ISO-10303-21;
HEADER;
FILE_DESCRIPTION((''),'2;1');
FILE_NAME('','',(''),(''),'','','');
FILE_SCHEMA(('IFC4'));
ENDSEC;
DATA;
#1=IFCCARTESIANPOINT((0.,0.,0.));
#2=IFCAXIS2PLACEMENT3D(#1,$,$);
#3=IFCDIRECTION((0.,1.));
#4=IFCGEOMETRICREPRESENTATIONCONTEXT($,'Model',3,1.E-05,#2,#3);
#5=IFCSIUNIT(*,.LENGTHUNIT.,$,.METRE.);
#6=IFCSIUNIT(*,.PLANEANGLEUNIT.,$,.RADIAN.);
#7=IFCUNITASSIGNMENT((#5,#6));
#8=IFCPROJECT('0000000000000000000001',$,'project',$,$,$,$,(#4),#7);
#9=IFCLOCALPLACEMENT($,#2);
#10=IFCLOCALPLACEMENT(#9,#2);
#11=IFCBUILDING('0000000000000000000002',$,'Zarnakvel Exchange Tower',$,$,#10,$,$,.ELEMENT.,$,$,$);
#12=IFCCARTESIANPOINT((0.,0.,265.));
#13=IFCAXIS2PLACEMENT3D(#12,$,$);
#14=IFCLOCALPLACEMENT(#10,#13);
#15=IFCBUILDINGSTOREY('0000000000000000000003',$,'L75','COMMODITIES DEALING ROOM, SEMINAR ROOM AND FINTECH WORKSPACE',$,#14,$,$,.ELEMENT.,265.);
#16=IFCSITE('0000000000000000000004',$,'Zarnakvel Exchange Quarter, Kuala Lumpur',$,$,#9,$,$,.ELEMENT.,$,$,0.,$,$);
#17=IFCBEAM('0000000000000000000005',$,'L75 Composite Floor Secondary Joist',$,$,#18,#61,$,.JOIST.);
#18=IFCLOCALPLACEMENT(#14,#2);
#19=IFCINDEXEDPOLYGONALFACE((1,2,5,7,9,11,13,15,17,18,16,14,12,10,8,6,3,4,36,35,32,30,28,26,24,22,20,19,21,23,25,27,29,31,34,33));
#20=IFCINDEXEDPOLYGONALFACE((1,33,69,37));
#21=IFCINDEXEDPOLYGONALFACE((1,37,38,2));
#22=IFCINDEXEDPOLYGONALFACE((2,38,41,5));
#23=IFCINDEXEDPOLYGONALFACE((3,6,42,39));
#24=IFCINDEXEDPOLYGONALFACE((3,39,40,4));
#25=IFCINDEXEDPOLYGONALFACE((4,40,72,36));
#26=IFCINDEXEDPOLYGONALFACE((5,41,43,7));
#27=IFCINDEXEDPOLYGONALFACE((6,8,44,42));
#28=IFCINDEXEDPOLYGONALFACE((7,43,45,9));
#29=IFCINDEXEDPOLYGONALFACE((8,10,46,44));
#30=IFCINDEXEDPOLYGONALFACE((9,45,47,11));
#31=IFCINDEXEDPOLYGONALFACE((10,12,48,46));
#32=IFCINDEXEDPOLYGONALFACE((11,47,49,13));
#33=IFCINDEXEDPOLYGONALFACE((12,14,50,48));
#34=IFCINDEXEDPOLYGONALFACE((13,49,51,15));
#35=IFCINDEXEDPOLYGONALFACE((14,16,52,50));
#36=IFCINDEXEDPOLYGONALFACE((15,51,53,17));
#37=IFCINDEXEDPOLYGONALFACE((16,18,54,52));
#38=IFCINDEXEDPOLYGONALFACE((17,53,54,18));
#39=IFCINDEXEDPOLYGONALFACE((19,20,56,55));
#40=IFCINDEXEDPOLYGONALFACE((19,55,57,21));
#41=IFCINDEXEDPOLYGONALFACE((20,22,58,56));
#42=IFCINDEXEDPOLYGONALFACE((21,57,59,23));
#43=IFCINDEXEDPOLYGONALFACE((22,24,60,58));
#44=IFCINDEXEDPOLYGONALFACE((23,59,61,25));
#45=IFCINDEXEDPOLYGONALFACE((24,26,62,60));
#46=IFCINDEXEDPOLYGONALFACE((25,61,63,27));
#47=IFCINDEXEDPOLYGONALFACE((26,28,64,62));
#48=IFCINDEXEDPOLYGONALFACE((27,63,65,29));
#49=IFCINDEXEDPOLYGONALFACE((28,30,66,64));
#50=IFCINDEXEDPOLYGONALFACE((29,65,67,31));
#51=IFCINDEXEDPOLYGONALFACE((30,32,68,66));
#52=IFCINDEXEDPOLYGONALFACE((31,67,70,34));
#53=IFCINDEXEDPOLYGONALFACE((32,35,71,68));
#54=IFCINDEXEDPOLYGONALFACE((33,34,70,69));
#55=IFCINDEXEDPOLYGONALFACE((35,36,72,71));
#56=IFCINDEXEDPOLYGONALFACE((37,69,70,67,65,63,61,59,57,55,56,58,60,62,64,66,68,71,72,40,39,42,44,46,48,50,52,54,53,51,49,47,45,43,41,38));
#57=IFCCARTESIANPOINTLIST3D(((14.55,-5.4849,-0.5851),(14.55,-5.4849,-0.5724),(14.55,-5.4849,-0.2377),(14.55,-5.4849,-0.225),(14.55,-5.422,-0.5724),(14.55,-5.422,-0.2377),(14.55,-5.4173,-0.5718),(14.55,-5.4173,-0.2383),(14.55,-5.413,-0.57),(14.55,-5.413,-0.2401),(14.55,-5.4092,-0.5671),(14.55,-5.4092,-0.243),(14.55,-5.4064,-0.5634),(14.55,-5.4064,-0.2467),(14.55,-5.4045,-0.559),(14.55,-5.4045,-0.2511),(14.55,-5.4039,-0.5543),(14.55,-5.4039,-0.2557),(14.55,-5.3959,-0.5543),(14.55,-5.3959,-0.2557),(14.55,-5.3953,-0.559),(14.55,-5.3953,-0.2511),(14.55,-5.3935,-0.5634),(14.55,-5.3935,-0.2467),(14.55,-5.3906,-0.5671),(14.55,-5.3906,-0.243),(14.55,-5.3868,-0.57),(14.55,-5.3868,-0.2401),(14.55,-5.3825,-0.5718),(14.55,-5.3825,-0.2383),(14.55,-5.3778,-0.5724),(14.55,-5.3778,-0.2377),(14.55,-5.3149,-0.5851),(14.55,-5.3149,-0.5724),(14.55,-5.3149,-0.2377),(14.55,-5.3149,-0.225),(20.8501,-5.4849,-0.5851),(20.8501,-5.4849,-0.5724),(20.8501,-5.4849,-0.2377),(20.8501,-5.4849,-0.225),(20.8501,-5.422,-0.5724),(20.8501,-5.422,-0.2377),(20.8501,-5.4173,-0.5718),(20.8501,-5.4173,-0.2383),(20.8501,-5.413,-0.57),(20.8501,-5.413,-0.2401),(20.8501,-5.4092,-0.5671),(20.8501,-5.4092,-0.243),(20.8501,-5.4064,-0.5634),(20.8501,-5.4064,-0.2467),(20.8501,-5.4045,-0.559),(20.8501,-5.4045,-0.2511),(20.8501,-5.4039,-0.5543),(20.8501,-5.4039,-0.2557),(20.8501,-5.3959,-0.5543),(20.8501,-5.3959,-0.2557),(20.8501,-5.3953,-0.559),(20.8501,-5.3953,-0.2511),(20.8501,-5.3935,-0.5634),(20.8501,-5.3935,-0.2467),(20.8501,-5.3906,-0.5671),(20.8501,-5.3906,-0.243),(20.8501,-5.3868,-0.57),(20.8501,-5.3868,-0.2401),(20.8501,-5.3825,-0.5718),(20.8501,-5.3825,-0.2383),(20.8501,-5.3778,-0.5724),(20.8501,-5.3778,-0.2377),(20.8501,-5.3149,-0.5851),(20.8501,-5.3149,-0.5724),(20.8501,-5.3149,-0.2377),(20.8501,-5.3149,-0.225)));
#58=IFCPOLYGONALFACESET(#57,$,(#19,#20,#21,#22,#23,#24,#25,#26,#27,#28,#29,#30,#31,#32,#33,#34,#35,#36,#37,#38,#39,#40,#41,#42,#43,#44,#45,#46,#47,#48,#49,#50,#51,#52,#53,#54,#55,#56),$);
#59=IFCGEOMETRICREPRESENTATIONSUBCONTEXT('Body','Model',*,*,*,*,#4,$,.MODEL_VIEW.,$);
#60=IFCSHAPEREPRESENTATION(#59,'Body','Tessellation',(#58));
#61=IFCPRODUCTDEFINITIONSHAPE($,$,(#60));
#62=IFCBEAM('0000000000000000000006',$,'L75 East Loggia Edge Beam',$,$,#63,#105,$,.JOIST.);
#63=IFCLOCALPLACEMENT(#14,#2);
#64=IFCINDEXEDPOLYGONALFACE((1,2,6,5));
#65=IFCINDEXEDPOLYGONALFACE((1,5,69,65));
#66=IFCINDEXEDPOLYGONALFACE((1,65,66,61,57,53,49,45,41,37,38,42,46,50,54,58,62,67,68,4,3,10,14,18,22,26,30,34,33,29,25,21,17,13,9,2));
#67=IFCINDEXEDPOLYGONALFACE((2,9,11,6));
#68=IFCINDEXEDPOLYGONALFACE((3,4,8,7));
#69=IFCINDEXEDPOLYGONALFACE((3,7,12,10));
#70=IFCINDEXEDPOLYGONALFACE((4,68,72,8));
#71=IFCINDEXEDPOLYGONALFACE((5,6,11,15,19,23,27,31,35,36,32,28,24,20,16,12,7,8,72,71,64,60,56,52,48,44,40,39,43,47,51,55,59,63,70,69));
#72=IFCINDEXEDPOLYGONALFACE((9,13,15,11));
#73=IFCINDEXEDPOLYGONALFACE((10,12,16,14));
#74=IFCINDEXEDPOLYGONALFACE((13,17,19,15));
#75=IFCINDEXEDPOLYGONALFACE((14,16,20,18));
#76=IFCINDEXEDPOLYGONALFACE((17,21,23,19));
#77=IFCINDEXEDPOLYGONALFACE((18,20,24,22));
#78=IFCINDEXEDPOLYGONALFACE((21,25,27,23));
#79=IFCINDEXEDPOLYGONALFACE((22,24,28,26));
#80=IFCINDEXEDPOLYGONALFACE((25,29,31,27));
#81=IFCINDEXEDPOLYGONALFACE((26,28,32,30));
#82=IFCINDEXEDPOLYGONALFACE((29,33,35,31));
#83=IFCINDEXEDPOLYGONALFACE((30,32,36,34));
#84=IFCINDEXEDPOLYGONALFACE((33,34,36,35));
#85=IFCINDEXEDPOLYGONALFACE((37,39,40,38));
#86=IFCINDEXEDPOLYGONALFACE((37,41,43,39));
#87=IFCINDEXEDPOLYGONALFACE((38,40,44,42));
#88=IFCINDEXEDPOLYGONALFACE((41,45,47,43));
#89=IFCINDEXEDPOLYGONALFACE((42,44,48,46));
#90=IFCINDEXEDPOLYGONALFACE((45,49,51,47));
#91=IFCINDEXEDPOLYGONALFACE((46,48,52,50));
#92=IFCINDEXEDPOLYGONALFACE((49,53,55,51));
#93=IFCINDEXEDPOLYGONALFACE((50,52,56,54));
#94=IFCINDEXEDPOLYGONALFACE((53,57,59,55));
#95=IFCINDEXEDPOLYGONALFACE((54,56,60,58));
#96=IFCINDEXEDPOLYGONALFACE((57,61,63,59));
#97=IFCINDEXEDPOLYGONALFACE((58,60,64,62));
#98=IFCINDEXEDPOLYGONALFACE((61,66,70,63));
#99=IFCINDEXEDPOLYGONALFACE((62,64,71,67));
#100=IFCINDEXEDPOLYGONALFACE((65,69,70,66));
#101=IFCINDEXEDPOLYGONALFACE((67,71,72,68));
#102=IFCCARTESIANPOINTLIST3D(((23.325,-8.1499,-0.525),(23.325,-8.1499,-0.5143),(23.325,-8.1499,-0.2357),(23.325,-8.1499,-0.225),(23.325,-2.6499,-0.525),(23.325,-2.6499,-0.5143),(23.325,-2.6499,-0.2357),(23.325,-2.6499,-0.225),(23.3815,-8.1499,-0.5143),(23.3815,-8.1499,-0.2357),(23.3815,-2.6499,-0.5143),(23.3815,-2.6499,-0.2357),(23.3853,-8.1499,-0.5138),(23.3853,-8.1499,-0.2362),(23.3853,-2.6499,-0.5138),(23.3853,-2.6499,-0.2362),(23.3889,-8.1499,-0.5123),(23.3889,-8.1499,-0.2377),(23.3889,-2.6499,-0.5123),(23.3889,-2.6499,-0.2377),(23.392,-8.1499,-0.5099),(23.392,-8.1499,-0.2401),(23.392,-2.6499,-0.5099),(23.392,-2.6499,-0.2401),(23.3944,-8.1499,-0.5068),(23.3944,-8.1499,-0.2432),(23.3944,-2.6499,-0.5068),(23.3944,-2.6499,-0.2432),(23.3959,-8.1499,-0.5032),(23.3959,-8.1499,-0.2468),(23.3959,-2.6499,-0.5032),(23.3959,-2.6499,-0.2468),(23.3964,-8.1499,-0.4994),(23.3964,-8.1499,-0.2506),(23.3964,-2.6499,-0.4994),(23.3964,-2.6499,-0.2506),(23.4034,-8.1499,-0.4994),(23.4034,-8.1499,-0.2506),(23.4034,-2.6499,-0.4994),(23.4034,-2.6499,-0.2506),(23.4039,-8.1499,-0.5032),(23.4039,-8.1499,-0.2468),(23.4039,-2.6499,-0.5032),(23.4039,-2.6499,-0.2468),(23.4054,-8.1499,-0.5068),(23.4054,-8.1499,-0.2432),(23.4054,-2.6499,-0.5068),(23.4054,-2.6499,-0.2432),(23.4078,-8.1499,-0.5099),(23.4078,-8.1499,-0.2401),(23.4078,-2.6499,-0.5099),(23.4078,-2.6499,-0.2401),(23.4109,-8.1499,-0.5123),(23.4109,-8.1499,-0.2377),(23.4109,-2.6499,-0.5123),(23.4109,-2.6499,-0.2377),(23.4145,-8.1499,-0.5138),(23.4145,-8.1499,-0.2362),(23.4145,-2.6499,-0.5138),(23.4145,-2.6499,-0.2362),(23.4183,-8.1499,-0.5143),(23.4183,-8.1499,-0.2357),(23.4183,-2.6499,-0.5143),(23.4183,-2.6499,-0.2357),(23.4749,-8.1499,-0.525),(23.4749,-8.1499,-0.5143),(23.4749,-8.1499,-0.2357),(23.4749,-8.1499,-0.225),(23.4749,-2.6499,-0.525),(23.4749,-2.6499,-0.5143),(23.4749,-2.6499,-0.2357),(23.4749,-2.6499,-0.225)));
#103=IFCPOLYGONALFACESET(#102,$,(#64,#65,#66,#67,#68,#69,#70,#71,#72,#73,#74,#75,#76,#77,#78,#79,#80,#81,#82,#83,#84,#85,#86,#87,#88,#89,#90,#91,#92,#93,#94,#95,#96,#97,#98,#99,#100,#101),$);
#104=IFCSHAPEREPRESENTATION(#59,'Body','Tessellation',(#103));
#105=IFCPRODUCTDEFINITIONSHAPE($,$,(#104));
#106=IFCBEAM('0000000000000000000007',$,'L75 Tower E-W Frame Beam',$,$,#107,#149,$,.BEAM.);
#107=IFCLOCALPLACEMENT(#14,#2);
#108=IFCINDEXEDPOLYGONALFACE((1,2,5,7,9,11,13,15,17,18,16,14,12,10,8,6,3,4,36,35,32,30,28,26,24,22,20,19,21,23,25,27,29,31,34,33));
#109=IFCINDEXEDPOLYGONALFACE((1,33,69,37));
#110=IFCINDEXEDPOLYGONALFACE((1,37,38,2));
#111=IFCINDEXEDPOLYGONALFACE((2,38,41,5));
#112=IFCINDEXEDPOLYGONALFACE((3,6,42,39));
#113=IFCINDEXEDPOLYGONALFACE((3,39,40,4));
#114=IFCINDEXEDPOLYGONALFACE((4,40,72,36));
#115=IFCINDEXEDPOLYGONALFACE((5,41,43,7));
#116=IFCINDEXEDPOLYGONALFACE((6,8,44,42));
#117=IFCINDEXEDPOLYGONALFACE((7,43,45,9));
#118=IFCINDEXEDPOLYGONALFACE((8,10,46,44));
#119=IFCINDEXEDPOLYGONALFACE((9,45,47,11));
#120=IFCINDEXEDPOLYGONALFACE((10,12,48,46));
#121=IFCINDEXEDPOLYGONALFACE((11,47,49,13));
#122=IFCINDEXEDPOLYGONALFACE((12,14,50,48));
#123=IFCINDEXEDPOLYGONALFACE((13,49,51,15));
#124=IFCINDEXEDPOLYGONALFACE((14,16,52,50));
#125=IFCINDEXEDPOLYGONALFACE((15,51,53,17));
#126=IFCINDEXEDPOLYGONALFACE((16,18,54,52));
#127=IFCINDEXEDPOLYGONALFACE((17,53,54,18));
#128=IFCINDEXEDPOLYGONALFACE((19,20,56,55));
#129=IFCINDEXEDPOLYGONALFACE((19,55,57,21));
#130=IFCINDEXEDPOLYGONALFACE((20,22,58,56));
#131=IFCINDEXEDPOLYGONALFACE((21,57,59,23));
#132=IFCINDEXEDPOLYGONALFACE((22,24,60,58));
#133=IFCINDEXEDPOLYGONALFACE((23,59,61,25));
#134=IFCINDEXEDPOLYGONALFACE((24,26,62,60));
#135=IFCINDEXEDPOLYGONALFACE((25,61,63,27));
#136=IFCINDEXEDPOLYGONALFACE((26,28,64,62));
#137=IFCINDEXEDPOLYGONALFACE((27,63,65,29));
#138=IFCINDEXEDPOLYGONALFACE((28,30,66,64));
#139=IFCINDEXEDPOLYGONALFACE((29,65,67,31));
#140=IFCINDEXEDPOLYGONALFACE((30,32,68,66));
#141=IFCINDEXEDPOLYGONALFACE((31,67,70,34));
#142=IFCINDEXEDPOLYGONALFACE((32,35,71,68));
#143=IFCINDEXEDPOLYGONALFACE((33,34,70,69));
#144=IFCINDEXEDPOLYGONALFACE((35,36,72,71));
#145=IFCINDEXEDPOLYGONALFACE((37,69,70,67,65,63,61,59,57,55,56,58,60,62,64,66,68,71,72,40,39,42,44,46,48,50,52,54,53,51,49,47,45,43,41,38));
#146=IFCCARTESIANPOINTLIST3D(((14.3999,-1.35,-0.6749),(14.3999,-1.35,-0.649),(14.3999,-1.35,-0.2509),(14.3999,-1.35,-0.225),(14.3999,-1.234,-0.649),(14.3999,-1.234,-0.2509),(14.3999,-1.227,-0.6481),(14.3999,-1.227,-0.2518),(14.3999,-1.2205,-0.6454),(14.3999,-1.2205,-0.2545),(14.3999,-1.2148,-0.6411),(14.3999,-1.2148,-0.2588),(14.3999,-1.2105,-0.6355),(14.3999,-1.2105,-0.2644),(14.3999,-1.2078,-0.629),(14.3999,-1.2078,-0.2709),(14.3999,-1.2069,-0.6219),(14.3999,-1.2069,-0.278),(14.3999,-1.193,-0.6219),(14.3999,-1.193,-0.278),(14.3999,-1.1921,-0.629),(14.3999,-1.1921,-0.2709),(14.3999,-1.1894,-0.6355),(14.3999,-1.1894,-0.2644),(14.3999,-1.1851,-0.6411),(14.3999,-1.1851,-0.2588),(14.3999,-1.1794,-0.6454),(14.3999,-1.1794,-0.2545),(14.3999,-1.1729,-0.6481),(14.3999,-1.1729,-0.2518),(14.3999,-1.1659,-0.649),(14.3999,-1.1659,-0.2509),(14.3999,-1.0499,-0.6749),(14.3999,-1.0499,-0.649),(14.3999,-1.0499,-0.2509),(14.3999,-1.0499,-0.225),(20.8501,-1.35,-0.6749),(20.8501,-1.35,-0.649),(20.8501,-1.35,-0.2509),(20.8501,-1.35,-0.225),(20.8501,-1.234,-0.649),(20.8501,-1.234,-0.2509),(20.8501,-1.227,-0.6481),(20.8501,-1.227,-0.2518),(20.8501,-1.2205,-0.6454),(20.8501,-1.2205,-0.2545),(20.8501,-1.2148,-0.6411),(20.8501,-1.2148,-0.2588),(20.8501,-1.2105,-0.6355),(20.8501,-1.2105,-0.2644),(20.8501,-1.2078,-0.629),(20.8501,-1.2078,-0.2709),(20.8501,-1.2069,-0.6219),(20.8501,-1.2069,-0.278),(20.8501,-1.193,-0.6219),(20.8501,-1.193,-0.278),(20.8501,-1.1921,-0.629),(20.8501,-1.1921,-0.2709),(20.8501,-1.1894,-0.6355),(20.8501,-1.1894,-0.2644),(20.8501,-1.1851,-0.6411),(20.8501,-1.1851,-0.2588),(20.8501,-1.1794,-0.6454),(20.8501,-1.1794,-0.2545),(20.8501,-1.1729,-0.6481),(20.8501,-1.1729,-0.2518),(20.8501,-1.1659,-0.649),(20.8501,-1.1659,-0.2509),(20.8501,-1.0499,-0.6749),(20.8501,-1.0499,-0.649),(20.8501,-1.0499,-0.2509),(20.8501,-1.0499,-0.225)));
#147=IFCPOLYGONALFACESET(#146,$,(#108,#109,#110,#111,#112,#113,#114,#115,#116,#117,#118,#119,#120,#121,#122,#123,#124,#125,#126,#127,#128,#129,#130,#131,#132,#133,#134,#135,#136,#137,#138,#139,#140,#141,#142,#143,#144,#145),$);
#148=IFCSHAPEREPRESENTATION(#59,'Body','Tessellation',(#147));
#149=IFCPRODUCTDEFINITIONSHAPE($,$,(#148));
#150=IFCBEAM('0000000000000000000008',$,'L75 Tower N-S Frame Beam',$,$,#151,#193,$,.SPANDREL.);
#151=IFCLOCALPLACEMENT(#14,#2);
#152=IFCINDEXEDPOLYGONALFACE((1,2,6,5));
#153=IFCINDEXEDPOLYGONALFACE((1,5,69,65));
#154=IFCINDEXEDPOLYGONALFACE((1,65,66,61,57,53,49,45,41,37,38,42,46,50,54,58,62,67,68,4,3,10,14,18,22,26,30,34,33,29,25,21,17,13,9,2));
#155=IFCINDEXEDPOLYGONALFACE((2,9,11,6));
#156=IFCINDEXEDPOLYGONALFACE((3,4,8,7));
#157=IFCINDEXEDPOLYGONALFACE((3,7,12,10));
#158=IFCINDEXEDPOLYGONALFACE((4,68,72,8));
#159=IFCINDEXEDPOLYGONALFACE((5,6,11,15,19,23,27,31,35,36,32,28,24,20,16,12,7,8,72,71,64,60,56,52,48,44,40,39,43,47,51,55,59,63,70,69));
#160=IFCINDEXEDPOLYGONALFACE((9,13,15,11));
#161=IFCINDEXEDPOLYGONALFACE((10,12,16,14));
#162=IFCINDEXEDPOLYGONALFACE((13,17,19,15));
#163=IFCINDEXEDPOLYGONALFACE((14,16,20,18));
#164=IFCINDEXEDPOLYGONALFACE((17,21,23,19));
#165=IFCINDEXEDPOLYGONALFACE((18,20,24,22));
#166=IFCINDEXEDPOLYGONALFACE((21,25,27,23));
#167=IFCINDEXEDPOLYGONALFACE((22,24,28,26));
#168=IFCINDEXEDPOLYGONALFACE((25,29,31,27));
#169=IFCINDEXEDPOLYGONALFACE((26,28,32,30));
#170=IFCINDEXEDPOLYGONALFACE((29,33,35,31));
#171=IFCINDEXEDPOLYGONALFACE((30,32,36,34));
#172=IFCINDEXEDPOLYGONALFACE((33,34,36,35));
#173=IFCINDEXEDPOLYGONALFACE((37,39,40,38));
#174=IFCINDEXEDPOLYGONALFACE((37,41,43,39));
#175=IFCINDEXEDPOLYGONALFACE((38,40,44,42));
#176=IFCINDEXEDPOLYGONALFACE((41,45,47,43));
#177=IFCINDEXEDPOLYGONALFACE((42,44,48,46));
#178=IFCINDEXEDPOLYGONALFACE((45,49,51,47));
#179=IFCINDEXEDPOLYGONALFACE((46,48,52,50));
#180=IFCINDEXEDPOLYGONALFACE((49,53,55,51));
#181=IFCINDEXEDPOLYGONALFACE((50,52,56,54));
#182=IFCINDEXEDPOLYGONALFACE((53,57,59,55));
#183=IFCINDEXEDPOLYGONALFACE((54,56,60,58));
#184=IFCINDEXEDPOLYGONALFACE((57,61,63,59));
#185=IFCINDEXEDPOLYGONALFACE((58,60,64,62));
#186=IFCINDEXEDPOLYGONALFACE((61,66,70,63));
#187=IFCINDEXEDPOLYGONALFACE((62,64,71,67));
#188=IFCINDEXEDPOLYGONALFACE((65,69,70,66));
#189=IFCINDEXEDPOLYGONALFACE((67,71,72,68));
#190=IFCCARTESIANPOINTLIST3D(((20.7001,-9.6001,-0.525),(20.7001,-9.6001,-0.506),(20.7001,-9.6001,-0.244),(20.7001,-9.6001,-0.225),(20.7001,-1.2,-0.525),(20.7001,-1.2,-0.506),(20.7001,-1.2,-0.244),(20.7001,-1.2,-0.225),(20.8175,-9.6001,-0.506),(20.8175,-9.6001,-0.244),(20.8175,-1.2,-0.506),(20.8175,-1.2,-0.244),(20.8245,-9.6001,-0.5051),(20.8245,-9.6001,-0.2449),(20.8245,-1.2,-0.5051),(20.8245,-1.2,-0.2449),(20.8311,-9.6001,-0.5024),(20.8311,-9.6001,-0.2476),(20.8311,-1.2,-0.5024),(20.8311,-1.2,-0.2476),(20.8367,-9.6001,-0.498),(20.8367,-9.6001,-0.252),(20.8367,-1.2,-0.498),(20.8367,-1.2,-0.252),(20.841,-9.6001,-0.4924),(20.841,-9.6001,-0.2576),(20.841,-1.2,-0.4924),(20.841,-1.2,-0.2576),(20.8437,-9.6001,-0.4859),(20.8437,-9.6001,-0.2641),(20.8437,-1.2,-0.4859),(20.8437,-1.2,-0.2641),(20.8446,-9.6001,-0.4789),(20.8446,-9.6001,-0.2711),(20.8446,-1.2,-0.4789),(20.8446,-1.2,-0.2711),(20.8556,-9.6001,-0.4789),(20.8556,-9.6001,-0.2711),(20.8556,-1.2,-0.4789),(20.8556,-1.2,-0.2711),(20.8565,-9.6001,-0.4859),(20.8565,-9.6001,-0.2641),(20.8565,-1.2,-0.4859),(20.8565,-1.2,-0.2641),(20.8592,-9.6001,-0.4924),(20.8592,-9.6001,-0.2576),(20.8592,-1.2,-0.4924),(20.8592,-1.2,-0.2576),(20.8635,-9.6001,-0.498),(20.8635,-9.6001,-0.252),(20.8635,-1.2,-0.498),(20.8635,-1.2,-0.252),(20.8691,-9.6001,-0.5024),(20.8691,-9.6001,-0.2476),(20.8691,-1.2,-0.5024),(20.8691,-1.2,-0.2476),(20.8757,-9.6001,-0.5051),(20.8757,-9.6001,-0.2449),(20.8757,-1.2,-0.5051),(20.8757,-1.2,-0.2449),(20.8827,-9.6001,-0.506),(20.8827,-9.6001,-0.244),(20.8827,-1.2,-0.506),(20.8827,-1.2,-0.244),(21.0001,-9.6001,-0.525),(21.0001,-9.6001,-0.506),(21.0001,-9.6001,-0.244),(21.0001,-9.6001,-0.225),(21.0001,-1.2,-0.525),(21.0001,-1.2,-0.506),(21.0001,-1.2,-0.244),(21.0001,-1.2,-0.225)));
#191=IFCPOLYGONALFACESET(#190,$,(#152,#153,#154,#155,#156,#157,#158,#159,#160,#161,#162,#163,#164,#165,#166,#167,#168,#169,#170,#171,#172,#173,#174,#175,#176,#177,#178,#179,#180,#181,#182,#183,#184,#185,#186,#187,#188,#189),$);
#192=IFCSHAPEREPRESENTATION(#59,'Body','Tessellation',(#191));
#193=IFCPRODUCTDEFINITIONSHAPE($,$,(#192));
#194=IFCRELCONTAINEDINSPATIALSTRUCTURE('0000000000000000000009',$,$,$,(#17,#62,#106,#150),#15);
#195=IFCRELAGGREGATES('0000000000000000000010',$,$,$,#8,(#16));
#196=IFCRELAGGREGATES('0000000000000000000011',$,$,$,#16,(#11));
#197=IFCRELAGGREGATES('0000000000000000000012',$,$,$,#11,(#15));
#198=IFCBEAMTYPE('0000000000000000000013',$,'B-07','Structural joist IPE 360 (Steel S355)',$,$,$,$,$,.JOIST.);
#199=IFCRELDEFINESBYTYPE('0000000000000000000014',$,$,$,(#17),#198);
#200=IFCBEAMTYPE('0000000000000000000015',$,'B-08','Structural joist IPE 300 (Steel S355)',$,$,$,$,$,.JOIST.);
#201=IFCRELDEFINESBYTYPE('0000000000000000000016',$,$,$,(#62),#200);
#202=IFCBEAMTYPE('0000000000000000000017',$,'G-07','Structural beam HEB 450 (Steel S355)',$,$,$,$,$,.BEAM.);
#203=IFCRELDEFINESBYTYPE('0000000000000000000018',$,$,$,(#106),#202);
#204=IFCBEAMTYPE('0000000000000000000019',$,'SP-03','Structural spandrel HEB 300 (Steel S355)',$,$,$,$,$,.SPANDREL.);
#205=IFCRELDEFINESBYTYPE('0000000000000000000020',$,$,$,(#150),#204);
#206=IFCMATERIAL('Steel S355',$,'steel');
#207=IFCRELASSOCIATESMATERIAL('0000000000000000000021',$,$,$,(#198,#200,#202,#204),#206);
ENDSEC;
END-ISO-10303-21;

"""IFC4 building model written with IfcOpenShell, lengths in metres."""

from ifc_helpers import new_model, si_unit, direction, frame, origin, origin_2d, place, context, subcontext, project, spatial, i_section, extrude, material, material_profile, profile_set, type_object, element, save


model = new_model("IFC4")

# Units and contexts
model_context = context("Model", 3, precision=1e-05, world=origin(), true_north=direction((0.0, 1.0)))
body_context = subcontext(model_context, "Body", "Model", "MODEL_VIEW")
ifc_project = project(units=[si_unit("LENGTHUNIT", "METRE"), si_unit("PLANEANGLEUNIT", "RADIAN")], contexts=[model_context])

# Site, building, storey
site_placement = place(None, origin())
site = spatial("IfcSite", under=ifc_project, at=site_placement, Name="Zarnakvel Exchange Quarter, Kuala Lumpur", CompositionType="ELEMENT", RefElevation=0.0)
building_placement = place(site_placement, origin())
building = spatial("IfcBuilding", under=site, at=building_placement, Name="Zarnakvel Exchange Tower", CompositionType="ELEMENT")
storey_placement = place(building_placement, frame((0.0, 0.0, 265.0)))
storey = spatial("IfcBuildingStorey", under=building, at=storey_placement, Name="L75", Description="COMMODITIES DEALING ROOM, SEMINAR ROOM AND FINTECH WORKSPACE", CompositionType="ELEMENT", Elevation=265.0)

# Shared definitions
ifc_material_1 = material(Name="Steel S355", Category="steel")

# Beams
ifc_material_profile_1 = material_profile(ifc_material_1, i_section(OverallWidth=0.1699, OverallDepth=0.3601, WebThickness=0.0081, FlangeThickness=0.0127, FilletRadius=0.0181, at=origin_2d()))
ifc_profile_set_1 = profile_set([ifc_material_profile_1], Name="Steel S355")
beam_type_1 = type_object("IfcBeamType", Name="B-07", Description="Structural joist IPE 360 (Steel S355)", PredefinedType="JOIST", material=ifc_profile_set_1)
beam_1_placement = place(storey_placement, frame((14.55, -5.3999, -0.405), z_axis=(1.0, 0.0, 0.0), x_axis=(0.0, 1.0, 0.0)))
element("IfcBeam", 1, at=beam_1_placement, inside=storey, type_object=beam_type_1, Name="L75 Composite Floor Secondary Joist", PredefinedType="JOIST", context=body_context, shape_type="SweptSolid", body=[
    extrude(i_section(OverallWidth=0.1699, OverallDepth=0.3601, WebThickness=0.0081, FlangeThickness=0.0127, FilletRadius=0.0181, at=origin_2d()), origin(), (0.0, 0.0, 1.0), 6.3),
])
ifc_material_profile_2 = material_profile(ifc_material_1, i_section(OverallWidth=0.1499, OverallDepth=0.3, WebThickness=0.0071, FlangeThickness=0.0107, FilletRadius=0.0149, at=origin_2d()))
ifc_profile_set_2 = profile_set([ifc_material_profile_2], Name="Steel S355")
beam_type_2 = type_object("IfcBeamType", Name="B-08", Description="Structural joist IPE 300 (Steel S355)", PredefinedType="JOIST", material=ifc_profile_set_2)
beam_2_placement = place(storey_placement, frame((23.3999, -8.1499, -0.375), z_axis=(0.0, 1.0, 0.0), x_axis=(-1.0, 0.0, 0.0)))
element("IfcBeam", 2, at=beam_2_placement, inside=storey, type_object=beam_type_2, Name="L75 East Loggia Edge Beam", PredefinedType="JOIST", context=body_context, shape_type="SweptSolid", body=[
    extrude(i_section(OverallWidth=0.1499, OverallDepth=0.3, WebThickness=0.0071, FlangeThickness=0.0107, FilletRadius=0.0149, at=origin_2d()), origin(), (0.0, 0.0, 1.0), 5.5),
])
ifc_material_profile_3 = material_profile(ifc_material_1, i_section(OverallWidth=0.3, OverallDepth=0.45, WebThickness=0.0139, FlangeThickness=0.0259, FilletRadius=0.0271, at=origin_2d()))
ifc_profile_set_3 = profile_set([ifc_material_profile_3], Name="Steel S355")
beam_type_3 = type_object("IfcBeamType", Name="G-07", Description="Structural beam HEB 450 (Steel S355)", PredefinedType="BEAM", material=ifc_profile_set_3)
beam_3_placement = place(storey_placement, frame((14.3999, -1.2, -0.45), z_axis=(1.0, 0.0, 0.0), x_axis=(0.0, 1.0, 0.0)))
element("IfcBeam", 3, at=beam_3_placement, inside=storey, type_object=beam_type_3, Name="L75 Tower E-W Frame Beam", PredefinedType="BEAM", context=body_context, shape_type="SweptSolid", body=[
    extrude(i_section(OverallWidth=0.3, OverallDepth=0.45, WebThickness=0.0139, FlangeThickness=0.0259, FilletRadius=0.0271, at=origin_2d()), origin(), (0.0, 0.0, 1.0), 6.4502),
])
ifc_material_profile_4 = material_profile(ifc_material_1, i_section(OverallWidth=0.3, OverallDepth=0.3, WebThickness=0.011, FlangeThickness=0.019, FilletRadius=0.0271, at=origin_2d()))
ifc_profile_set_4 = profile_set([ifc_material_profile_4], Name="Steel S355")
beam_type_4 = type_object("IfcBeamType", Name="SP-03", Description="Structural spandrel HEB 300 (Steel S355)", PredefinedType="SPANDREL", material=ifc_profile_set_4)
beam_4_placement = place(storey_placement, frame((20.8501, -9.6001, -0.375), z_axis=(0.0, 1.0, 0.0), x_axis=(-1.0, 0.0, 0.0)))
element("IfcBeam", 4, at=beam_4_placement, inside=storey, type_object=beam_type_4, Name="L75 Tower N-S Frame Beam", PredefinedType="SPANDREL", context=body_context, shape_type="SweptSolid", body=[
    extrude(i_section(OverallWidth=0.3, OverallDepth=0.3, WebThickness=0.011, FlangeThickness=0.019, FilletRadius=0.0271, at=origin_2d()), origin(), (0.0, 0.0, 1.0), 8.4001),
])

save(model, "model.ifc")
